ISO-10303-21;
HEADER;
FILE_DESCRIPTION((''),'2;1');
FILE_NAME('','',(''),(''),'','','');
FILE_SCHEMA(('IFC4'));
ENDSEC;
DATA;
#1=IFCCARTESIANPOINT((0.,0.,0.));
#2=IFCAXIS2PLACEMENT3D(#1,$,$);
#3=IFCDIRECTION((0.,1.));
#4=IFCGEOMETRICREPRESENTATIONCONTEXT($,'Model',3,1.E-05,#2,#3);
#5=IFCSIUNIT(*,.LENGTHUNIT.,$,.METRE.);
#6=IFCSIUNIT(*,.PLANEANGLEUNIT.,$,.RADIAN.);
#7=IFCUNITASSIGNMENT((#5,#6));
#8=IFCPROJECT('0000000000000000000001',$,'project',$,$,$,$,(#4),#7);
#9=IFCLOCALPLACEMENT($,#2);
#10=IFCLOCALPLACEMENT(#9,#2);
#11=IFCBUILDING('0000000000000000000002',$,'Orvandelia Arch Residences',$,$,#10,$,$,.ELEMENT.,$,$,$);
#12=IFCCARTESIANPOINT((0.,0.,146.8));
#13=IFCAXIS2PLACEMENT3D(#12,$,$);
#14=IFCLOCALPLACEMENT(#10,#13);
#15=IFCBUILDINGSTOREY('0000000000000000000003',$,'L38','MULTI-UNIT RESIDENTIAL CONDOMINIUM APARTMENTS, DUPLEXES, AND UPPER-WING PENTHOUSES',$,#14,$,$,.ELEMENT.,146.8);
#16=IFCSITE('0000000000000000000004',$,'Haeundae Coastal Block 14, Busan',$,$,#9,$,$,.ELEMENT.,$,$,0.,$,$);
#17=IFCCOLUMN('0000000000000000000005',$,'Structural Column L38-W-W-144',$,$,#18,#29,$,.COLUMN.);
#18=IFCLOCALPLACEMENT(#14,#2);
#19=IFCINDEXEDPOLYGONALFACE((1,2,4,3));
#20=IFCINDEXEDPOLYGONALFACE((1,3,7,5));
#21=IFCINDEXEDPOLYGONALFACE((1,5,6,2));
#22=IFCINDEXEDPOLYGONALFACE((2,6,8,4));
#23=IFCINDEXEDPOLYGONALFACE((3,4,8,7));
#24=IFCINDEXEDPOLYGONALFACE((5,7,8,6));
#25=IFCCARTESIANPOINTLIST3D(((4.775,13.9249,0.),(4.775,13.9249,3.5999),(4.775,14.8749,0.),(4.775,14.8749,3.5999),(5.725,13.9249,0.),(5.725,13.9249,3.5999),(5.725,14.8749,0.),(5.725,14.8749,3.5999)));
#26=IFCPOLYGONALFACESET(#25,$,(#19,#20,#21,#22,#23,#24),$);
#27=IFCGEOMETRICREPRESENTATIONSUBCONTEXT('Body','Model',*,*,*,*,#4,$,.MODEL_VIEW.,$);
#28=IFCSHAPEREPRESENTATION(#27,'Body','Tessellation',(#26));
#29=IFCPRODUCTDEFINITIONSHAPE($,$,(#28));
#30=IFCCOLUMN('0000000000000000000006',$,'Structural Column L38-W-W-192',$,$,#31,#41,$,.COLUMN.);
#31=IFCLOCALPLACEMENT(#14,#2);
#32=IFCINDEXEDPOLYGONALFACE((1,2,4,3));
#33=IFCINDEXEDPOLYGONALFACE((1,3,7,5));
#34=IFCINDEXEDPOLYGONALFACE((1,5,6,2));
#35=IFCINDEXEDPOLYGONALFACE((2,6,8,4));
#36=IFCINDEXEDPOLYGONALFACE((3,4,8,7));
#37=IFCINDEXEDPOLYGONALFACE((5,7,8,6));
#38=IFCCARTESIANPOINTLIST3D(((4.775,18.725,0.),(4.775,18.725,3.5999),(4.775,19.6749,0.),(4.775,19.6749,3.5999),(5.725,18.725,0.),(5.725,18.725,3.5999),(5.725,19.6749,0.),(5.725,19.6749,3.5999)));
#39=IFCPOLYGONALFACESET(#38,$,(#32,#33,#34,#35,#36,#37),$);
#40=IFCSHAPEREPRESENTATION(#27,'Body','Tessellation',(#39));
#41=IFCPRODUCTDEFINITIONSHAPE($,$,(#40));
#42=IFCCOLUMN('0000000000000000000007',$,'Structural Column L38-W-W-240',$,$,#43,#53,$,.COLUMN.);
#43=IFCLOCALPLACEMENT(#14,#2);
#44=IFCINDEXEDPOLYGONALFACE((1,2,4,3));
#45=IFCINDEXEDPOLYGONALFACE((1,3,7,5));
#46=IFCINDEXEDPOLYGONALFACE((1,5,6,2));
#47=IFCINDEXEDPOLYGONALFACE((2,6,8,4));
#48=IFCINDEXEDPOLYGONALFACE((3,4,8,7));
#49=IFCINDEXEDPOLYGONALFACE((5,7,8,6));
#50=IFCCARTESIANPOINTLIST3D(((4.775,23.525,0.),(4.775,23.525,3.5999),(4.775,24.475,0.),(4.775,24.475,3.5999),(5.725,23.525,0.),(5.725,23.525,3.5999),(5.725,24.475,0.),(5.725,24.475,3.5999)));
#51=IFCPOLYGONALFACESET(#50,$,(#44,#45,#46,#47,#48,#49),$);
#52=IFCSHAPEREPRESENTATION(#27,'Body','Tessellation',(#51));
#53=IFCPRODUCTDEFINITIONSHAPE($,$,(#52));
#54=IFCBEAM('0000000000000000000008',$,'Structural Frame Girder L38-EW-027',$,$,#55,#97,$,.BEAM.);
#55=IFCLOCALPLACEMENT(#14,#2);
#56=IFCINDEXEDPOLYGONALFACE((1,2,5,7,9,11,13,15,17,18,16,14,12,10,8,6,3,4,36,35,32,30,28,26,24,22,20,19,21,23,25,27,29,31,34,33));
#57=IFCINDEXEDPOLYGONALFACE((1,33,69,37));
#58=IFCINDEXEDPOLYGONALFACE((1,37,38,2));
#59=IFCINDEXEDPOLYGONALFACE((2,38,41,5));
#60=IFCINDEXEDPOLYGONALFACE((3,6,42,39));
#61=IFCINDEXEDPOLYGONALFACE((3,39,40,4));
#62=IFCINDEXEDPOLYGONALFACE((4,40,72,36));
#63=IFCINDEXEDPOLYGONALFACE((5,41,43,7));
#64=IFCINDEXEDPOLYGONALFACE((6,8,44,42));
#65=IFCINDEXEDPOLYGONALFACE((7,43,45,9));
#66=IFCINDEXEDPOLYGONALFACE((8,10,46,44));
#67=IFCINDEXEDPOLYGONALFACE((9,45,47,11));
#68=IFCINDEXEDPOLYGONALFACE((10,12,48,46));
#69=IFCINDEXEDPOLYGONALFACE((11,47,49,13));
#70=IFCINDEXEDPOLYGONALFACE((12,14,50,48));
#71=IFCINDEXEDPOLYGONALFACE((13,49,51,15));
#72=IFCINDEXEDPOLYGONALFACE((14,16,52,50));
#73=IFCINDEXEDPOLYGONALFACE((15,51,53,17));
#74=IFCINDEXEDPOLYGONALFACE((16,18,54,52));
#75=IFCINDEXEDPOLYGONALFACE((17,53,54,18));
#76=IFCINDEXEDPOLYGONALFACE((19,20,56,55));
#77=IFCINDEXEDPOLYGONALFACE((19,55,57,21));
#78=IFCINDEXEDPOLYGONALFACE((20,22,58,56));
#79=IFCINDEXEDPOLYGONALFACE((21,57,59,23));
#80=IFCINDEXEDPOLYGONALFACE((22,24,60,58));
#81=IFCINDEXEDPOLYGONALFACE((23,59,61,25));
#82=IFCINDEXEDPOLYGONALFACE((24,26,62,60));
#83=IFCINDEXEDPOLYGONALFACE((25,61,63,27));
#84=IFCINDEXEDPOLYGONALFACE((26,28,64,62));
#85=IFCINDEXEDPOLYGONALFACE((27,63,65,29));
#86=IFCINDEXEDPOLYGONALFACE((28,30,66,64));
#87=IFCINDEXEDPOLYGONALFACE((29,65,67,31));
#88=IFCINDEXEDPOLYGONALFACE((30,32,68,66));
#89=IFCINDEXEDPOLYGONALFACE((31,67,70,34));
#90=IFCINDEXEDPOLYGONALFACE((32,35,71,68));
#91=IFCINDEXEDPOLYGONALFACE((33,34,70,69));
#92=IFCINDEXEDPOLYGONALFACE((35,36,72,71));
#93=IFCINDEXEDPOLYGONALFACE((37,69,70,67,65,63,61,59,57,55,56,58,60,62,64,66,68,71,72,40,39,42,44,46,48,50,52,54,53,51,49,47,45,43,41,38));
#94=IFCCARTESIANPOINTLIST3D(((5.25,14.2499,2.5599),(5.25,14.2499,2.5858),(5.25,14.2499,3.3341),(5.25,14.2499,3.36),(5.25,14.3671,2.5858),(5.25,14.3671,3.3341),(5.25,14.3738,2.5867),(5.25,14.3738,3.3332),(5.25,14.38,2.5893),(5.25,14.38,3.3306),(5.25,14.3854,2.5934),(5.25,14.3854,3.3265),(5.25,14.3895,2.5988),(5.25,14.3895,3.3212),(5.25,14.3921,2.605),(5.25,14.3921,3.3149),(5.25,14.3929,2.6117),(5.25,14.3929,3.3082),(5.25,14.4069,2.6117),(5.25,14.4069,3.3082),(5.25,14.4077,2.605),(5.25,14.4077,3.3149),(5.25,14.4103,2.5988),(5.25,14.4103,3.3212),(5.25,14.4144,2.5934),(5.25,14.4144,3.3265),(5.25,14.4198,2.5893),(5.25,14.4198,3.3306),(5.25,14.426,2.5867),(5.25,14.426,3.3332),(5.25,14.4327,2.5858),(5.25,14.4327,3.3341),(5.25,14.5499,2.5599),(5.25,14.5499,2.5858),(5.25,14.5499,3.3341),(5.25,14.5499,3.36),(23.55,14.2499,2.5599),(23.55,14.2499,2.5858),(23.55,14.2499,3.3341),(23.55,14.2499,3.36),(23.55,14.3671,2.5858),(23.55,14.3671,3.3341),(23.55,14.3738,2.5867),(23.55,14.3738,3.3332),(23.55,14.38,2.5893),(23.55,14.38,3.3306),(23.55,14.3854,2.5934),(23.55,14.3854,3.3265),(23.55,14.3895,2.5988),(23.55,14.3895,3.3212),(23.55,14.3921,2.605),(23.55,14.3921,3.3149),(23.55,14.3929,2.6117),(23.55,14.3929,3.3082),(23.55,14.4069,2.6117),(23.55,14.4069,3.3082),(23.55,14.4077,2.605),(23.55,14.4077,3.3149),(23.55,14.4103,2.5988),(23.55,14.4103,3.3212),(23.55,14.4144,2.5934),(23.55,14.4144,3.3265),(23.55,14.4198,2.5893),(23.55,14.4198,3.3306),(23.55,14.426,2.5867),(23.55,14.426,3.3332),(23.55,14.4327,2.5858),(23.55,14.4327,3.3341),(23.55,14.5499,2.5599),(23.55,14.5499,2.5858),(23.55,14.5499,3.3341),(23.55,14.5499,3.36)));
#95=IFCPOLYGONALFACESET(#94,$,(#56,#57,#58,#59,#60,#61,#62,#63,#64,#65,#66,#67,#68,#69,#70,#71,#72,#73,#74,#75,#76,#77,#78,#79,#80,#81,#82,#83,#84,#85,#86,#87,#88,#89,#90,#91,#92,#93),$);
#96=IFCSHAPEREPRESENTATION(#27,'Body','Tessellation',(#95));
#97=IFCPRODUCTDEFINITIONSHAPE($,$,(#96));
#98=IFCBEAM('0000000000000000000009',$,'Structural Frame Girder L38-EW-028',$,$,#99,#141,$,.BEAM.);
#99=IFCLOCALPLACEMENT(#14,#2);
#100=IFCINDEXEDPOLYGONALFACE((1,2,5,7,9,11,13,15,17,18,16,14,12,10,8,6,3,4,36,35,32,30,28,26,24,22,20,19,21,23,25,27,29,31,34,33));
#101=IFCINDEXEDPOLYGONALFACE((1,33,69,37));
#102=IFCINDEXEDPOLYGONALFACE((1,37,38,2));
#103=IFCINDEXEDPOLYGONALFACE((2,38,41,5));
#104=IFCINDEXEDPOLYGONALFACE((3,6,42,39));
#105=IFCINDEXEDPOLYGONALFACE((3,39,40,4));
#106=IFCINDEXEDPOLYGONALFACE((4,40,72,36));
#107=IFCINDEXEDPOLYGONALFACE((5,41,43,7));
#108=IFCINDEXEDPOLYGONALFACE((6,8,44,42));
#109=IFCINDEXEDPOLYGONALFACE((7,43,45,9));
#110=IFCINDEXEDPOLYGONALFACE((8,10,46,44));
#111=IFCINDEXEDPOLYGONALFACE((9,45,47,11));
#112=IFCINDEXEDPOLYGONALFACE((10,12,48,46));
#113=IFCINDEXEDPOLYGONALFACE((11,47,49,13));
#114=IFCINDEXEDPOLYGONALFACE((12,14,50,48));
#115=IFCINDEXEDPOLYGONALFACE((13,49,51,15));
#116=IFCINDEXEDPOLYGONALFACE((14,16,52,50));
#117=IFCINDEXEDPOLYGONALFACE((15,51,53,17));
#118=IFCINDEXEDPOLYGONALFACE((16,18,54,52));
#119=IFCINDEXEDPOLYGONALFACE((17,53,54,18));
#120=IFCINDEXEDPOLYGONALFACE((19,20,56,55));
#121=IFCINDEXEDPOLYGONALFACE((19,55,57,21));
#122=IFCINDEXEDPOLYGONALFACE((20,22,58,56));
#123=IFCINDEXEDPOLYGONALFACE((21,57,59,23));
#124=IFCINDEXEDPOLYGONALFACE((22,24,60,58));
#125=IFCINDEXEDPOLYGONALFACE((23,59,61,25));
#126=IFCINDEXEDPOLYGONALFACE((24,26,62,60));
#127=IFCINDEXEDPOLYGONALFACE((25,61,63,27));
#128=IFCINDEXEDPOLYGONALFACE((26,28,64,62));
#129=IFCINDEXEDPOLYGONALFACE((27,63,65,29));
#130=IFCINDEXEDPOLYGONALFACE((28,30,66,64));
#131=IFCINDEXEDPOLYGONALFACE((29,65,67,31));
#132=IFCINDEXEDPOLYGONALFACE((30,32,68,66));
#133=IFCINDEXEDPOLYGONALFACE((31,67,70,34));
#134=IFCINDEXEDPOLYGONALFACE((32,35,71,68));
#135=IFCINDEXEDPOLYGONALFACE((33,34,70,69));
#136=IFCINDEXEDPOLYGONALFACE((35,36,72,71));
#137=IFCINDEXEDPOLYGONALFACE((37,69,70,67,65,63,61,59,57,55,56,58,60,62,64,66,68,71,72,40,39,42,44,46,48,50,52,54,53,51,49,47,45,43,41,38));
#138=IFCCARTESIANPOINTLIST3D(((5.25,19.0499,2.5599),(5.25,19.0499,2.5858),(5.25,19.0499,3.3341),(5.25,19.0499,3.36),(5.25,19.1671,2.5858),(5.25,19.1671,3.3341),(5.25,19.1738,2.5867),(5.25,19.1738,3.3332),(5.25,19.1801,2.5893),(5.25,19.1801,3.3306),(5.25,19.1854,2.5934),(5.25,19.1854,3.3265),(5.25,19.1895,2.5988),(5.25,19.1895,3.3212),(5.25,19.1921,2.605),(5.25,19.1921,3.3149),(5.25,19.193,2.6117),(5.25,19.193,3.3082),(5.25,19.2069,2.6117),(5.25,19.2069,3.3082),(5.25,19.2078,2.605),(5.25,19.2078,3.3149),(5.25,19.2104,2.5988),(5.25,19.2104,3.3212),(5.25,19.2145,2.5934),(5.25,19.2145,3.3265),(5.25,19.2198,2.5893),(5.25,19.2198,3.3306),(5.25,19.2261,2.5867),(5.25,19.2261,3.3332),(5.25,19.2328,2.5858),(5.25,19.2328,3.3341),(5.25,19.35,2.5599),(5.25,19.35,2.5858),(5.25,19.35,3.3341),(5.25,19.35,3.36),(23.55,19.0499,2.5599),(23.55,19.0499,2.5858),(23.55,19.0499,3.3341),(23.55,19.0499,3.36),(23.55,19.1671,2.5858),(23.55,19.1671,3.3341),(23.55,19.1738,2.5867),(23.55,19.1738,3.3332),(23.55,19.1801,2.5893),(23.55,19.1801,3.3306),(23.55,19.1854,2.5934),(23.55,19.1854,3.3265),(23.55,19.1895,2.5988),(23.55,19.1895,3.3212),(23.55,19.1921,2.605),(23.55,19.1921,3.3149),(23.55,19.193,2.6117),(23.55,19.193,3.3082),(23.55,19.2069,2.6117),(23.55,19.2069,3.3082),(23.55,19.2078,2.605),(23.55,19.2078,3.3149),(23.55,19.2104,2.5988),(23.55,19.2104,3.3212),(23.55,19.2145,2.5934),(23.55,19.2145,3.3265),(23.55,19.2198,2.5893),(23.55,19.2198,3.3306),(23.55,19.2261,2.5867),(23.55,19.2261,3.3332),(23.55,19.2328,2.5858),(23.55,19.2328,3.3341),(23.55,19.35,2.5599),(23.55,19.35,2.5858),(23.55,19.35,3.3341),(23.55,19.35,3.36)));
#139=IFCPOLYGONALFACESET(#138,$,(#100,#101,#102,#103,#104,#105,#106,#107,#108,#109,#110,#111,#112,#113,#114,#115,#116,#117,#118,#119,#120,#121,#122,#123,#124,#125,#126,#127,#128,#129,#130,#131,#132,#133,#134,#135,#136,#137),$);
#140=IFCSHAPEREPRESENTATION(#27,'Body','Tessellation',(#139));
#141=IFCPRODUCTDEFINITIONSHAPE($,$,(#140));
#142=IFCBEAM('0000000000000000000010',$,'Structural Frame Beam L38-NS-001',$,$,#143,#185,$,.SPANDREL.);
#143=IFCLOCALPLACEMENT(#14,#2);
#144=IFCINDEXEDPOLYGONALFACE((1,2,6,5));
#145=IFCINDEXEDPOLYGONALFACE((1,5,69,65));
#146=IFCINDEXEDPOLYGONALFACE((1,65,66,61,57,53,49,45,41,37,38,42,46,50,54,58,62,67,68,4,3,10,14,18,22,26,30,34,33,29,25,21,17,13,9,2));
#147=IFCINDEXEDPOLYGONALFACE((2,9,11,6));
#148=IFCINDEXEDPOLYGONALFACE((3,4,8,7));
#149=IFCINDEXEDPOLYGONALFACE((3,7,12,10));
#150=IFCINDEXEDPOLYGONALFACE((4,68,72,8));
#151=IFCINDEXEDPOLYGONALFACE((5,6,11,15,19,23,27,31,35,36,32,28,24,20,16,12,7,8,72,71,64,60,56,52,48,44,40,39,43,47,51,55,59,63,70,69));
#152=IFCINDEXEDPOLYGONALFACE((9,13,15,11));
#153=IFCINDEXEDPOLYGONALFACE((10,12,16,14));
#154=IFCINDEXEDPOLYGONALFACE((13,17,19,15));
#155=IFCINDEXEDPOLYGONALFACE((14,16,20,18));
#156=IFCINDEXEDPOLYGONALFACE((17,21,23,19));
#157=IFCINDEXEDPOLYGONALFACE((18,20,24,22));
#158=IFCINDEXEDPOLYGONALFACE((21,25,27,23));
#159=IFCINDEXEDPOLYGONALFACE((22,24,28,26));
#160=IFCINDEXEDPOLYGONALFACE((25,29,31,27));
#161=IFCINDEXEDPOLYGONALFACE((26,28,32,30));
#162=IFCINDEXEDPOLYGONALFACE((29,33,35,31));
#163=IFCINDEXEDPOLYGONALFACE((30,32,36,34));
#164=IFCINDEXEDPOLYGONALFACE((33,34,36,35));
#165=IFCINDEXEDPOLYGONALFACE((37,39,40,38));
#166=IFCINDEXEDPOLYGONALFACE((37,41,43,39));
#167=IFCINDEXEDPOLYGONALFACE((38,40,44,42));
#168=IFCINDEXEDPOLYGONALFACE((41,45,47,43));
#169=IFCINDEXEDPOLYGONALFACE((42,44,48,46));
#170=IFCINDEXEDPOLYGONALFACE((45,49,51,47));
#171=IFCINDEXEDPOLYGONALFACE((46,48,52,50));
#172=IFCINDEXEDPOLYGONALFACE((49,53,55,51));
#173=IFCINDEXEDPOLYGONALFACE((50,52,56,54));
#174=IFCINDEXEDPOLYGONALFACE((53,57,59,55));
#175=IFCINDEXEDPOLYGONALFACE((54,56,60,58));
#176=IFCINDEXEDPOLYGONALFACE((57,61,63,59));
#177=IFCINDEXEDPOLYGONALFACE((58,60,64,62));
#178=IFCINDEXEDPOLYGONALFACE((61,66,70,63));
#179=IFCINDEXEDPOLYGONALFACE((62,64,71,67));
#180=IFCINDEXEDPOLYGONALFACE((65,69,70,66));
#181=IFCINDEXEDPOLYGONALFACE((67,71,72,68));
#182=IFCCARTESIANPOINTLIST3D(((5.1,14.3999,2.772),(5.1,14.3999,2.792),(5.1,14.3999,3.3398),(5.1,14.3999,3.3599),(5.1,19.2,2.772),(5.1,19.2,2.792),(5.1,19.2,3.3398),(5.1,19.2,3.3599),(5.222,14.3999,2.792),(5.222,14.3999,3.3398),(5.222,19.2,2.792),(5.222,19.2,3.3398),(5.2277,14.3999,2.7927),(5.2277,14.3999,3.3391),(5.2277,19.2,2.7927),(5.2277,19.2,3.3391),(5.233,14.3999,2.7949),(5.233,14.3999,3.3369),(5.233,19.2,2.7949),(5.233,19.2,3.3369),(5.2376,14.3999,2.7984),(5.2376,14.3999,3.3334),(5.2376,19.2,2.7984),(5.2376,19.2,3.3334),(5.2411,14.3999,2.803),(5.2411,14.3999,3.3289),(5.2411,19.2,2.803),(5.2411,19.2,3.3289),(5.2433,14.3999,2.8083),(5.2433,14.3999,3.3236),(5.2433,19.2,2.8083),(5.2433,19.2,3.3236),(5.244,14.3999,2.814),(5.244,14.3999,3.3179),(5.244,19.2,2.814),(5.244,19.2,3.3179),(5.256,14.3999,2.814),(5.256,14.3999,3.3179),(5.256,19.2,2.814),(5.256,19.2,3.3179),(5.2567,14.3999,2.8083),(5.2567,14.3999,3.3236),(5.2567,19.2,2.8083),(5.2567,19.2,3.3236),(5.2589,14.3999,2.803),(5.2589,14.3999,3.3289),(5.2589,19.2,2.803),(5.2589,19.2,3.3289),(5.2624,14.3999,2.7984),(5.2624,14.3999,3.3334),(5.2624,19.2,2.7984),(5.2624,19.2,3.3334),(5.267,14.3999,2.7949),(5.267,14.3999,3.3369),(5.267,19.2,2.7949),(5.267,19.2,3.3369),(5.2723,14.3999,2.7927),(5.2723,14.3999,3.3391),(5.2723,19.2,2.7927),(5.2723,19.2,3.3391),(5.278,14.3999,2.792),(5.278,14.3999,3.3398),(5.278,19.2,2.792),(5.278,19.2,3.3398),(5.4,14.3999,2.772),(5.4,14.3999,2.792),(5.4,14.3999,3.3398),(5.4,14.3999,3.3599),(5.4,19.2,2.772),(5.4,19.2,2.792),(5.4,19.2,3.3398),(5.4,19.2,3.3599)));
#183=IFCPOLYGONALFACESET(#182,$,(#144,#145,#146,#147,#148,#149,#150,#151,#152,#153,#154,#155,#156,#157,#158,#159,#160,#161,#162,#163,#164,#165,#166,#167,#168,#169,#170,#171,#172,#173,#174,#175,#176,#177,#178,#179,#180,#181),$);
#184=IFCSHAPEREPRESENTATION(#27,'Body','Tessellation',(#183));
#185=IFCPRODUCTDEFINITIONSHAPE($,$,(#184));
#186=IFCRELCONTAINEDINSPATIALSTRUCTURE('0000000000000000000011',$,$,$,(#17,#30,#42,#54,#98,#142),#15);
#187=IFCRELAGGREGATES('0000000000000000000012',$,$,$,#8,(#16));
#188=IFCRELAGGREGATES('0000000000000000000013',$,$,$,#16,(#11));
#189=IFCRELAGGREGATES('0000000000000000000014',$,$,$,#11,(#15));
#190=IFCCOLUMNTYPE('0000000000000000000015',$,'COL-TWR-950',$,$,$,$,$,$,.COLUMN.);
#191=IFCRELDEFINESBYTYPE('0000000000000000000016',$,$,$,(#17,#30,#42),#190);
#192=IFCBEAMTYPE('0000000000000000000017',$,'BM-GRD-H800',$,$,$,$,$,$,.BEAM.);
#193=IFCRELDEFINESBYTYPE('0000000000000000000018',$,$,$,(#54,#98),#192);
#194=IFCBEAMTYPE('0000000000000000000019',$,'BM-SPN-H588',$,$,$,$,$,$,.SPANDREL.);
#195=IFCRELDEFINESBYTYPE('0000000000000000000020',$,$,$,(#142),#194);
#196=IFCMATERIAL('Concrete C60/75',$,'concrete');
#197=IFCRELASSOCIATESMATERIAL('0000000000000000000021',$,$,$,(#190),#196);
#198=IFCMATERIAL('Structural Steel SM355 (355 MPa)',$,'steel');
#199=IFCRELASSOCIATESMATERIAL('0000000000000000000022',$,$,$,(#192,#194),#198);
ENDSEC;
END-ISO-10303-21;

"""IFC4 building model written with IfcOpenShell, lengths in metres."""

from ifc_helpers import new_model, si_unit, direction, frame, origin, origin_2d, place, context, subcontext, project, spatial, rectangle, i_section, extrude, material, material_profile, profile_set, type_object, element, save


model = new_model("IFC4")

# Units and contexts
model_context = context("Model", 3, precision=1e-05, world=origin(), true_north=direction((0.0, 1.0)))
body_context = subcontext(model_context, "Body", "Model", "MODEL_VIEW")
ifc_project = project(units=[si_unit("LENGTHUNIT", "METRE"), si_unit("PLANEANGLEUNIT", "RADIAN")], contexts=[model_context])

# Site, building, storey
site_placement = place(None, origin())
site = spatial("IfcSite", under=ifc_project, at=site_placement, Name="Haeundae Coastal Block 14, Busan", CompositionType="ELEMENT", RefElevation=0.0)
building_placement = place(site_placement, origin())
building = spatial("IfcBuilding", under=site, at=building_placement, Name="Orvandelia Arch Residences", CompositionType="ELEMENT")
storey_placement = place(building_placement, frame((0.0, 0.0, 146.8)))
storey = spatial("IfcBuildingStorey", under=building, at=storey_placement, Name="L38", Description="MULTI-UNIT RESIDENTIAL CONDOMINIUM APARTMENTS, DUPLEXES, AND UPPER-WING PENTHOUSES", CompositionType="ELEMENT", Elevation=146.8)

# Columns
ifc_material_1 = material(Name="Concrete C60/75", Category="concrete")
ifc_material_profile_1 = material_profile(ifc_material_1, rectangle(XDim=0.95, YDim=0.95, at=origin_2d()), Name="Concrete C60/75", Category="concrete")
ifc_profile_set_1 = profile_set([ifc_material_profile_1], Name="Concrete C60/75")
column_type = type_object("IfcColumnType", Name="COL-TWR-950", PredefinedType="COLUMN", material=ifc_profile_set_1)
for number, where, z_axis, x_axis, name in (
    (1, (5.25, 14.3999, 0.0), (0.0, 0.0, 1.0), (1.0, 0.0, 0.0), "Structural Column L38-W-W-144"),
    (2, (5.25, 19.2, 0.0), (0.0, 0.0, 1.0), (1.0, 0.0, 0.0), "Structural Column L38-W-W-192"),
    (3, (5.25, 24.0, 0.0), (0.0, 0.0, 1.0), (1.0, 0.0, 0.0), "Structural Column L38-W-W-240"),
):
    element("IfcColumn", number, at=place(storey_placement, frame(where, z_axis=z_axis, x_axis=x_axis)), inside=storey, type_object=column_type, Name=name, PredefinedType="COLUMN", context=body_context, shape_type="SweptSolid", body=[
        extrude(rectangle(XDim=0.95, YDim=0.95, at=origin_2d()), origin(), (0.0, 0.0, 1.0), 3.5999),
    ])

# Beams
ifc_material_2 = material(Name="Structural Steel SM355 (355 MPa)", Category="steel")
ifc_material_profile_2 = material_profile(ifc_material_2, i_section(OverallWidth=0.3, OverallDepth=0.8, WebThickness=0.0139, FlangeThickness=0.0259, FilletRadius=0.0259, at=origin_2d()), Name="Structural Steel SM355 (355 MPa)", Category="steel")
ifc_profile_set_2 = profile_set([ifc_material_profile_2], Name="Structural Steel SM355 (355 MPa)")
beam_type_1 = type_object("IfcBeamType", Name="BM-GRD-H800", PredefinedType="BEAM", material=ifc_profile_set_2)
for number, where, z_axis, x_axis, name in (
    (4, (5.25, 14.3999, 2.96), (1.0, 0.0, 0.0), (0.0, 1.0, 0.0), "Structural Frame Girder L38-EW-027"),
    (5, (5.25, 19.2, 2.96), (1.0, 0.0, 0.0), (0.0, 1.0, 0.0), "Structural Frame Girder L38-EW-028"),
):
    element("IfcBeam", number, at=place(storey_placement, frame(where, z_axis=z_axis, x_axis=x_axis)), inside=storey, type_object=beam_type_1, Name=name, PredefinedType="BEAM", context=body_context, shape_type="SweptSolid", body=[
        extrude(i_section(OverallWidth=0.3, OverallDepth=0.8, WebThickness=0.0139, FlangeThickness=0.0259, FilletRadius=0.0259, at=origin_2d()), origin(), (0.0, 0.0, 1.0), 18.3),
    ])
ifc_material_profile_3 = material_profile(ifc_material_2, i_section(OverallWidth=0.3, OverallDepth=0.5879, WebThickness=0.012, FlangeThickness=0.02, FilletRadius=0.022, at=origin_2d()), Name="Structural Steel SM355 (355 MPa)", Category="steel")
ifc_profile_set_3 = profile_set([ifc_material_profile_3], Name="Structural Steel SM355 (355 MPa)")
beam_type_2 = type_object("IfcBeamType", Name="BM-SPN-H588", PredefinedType="SPANDREL", material=ifc_profile_set_3)
for number, where, z_axis, x_axis, name in (
    (6, (5.25, 14.3999, 3.0659), (0.0, 1.0, 0.0), (-1.0, 0.0, 0.0), "Structural Frame Beam L38-NS-001"),
):
    element("IfcBeam", number, at=place(storey_placement, frame(where, z_axis=z_axis, x_axis=x_axis)), inside=storey, type_object=beam_type_2, Name=name, PredefinedType="SPANDREL", context=body_context, shape_type="SweptSolid", body=[
        extrude(i_section(OverallWidth=0.3, OverallDepth=0.5879, WebThickness=0.012, FlangeThickness=0.02, FilletRadius=0.022, at=origin_2d()), origin(), (0.0, 0.0, 1.0), 4.8),
    ])

save(model, "model.ifc")
